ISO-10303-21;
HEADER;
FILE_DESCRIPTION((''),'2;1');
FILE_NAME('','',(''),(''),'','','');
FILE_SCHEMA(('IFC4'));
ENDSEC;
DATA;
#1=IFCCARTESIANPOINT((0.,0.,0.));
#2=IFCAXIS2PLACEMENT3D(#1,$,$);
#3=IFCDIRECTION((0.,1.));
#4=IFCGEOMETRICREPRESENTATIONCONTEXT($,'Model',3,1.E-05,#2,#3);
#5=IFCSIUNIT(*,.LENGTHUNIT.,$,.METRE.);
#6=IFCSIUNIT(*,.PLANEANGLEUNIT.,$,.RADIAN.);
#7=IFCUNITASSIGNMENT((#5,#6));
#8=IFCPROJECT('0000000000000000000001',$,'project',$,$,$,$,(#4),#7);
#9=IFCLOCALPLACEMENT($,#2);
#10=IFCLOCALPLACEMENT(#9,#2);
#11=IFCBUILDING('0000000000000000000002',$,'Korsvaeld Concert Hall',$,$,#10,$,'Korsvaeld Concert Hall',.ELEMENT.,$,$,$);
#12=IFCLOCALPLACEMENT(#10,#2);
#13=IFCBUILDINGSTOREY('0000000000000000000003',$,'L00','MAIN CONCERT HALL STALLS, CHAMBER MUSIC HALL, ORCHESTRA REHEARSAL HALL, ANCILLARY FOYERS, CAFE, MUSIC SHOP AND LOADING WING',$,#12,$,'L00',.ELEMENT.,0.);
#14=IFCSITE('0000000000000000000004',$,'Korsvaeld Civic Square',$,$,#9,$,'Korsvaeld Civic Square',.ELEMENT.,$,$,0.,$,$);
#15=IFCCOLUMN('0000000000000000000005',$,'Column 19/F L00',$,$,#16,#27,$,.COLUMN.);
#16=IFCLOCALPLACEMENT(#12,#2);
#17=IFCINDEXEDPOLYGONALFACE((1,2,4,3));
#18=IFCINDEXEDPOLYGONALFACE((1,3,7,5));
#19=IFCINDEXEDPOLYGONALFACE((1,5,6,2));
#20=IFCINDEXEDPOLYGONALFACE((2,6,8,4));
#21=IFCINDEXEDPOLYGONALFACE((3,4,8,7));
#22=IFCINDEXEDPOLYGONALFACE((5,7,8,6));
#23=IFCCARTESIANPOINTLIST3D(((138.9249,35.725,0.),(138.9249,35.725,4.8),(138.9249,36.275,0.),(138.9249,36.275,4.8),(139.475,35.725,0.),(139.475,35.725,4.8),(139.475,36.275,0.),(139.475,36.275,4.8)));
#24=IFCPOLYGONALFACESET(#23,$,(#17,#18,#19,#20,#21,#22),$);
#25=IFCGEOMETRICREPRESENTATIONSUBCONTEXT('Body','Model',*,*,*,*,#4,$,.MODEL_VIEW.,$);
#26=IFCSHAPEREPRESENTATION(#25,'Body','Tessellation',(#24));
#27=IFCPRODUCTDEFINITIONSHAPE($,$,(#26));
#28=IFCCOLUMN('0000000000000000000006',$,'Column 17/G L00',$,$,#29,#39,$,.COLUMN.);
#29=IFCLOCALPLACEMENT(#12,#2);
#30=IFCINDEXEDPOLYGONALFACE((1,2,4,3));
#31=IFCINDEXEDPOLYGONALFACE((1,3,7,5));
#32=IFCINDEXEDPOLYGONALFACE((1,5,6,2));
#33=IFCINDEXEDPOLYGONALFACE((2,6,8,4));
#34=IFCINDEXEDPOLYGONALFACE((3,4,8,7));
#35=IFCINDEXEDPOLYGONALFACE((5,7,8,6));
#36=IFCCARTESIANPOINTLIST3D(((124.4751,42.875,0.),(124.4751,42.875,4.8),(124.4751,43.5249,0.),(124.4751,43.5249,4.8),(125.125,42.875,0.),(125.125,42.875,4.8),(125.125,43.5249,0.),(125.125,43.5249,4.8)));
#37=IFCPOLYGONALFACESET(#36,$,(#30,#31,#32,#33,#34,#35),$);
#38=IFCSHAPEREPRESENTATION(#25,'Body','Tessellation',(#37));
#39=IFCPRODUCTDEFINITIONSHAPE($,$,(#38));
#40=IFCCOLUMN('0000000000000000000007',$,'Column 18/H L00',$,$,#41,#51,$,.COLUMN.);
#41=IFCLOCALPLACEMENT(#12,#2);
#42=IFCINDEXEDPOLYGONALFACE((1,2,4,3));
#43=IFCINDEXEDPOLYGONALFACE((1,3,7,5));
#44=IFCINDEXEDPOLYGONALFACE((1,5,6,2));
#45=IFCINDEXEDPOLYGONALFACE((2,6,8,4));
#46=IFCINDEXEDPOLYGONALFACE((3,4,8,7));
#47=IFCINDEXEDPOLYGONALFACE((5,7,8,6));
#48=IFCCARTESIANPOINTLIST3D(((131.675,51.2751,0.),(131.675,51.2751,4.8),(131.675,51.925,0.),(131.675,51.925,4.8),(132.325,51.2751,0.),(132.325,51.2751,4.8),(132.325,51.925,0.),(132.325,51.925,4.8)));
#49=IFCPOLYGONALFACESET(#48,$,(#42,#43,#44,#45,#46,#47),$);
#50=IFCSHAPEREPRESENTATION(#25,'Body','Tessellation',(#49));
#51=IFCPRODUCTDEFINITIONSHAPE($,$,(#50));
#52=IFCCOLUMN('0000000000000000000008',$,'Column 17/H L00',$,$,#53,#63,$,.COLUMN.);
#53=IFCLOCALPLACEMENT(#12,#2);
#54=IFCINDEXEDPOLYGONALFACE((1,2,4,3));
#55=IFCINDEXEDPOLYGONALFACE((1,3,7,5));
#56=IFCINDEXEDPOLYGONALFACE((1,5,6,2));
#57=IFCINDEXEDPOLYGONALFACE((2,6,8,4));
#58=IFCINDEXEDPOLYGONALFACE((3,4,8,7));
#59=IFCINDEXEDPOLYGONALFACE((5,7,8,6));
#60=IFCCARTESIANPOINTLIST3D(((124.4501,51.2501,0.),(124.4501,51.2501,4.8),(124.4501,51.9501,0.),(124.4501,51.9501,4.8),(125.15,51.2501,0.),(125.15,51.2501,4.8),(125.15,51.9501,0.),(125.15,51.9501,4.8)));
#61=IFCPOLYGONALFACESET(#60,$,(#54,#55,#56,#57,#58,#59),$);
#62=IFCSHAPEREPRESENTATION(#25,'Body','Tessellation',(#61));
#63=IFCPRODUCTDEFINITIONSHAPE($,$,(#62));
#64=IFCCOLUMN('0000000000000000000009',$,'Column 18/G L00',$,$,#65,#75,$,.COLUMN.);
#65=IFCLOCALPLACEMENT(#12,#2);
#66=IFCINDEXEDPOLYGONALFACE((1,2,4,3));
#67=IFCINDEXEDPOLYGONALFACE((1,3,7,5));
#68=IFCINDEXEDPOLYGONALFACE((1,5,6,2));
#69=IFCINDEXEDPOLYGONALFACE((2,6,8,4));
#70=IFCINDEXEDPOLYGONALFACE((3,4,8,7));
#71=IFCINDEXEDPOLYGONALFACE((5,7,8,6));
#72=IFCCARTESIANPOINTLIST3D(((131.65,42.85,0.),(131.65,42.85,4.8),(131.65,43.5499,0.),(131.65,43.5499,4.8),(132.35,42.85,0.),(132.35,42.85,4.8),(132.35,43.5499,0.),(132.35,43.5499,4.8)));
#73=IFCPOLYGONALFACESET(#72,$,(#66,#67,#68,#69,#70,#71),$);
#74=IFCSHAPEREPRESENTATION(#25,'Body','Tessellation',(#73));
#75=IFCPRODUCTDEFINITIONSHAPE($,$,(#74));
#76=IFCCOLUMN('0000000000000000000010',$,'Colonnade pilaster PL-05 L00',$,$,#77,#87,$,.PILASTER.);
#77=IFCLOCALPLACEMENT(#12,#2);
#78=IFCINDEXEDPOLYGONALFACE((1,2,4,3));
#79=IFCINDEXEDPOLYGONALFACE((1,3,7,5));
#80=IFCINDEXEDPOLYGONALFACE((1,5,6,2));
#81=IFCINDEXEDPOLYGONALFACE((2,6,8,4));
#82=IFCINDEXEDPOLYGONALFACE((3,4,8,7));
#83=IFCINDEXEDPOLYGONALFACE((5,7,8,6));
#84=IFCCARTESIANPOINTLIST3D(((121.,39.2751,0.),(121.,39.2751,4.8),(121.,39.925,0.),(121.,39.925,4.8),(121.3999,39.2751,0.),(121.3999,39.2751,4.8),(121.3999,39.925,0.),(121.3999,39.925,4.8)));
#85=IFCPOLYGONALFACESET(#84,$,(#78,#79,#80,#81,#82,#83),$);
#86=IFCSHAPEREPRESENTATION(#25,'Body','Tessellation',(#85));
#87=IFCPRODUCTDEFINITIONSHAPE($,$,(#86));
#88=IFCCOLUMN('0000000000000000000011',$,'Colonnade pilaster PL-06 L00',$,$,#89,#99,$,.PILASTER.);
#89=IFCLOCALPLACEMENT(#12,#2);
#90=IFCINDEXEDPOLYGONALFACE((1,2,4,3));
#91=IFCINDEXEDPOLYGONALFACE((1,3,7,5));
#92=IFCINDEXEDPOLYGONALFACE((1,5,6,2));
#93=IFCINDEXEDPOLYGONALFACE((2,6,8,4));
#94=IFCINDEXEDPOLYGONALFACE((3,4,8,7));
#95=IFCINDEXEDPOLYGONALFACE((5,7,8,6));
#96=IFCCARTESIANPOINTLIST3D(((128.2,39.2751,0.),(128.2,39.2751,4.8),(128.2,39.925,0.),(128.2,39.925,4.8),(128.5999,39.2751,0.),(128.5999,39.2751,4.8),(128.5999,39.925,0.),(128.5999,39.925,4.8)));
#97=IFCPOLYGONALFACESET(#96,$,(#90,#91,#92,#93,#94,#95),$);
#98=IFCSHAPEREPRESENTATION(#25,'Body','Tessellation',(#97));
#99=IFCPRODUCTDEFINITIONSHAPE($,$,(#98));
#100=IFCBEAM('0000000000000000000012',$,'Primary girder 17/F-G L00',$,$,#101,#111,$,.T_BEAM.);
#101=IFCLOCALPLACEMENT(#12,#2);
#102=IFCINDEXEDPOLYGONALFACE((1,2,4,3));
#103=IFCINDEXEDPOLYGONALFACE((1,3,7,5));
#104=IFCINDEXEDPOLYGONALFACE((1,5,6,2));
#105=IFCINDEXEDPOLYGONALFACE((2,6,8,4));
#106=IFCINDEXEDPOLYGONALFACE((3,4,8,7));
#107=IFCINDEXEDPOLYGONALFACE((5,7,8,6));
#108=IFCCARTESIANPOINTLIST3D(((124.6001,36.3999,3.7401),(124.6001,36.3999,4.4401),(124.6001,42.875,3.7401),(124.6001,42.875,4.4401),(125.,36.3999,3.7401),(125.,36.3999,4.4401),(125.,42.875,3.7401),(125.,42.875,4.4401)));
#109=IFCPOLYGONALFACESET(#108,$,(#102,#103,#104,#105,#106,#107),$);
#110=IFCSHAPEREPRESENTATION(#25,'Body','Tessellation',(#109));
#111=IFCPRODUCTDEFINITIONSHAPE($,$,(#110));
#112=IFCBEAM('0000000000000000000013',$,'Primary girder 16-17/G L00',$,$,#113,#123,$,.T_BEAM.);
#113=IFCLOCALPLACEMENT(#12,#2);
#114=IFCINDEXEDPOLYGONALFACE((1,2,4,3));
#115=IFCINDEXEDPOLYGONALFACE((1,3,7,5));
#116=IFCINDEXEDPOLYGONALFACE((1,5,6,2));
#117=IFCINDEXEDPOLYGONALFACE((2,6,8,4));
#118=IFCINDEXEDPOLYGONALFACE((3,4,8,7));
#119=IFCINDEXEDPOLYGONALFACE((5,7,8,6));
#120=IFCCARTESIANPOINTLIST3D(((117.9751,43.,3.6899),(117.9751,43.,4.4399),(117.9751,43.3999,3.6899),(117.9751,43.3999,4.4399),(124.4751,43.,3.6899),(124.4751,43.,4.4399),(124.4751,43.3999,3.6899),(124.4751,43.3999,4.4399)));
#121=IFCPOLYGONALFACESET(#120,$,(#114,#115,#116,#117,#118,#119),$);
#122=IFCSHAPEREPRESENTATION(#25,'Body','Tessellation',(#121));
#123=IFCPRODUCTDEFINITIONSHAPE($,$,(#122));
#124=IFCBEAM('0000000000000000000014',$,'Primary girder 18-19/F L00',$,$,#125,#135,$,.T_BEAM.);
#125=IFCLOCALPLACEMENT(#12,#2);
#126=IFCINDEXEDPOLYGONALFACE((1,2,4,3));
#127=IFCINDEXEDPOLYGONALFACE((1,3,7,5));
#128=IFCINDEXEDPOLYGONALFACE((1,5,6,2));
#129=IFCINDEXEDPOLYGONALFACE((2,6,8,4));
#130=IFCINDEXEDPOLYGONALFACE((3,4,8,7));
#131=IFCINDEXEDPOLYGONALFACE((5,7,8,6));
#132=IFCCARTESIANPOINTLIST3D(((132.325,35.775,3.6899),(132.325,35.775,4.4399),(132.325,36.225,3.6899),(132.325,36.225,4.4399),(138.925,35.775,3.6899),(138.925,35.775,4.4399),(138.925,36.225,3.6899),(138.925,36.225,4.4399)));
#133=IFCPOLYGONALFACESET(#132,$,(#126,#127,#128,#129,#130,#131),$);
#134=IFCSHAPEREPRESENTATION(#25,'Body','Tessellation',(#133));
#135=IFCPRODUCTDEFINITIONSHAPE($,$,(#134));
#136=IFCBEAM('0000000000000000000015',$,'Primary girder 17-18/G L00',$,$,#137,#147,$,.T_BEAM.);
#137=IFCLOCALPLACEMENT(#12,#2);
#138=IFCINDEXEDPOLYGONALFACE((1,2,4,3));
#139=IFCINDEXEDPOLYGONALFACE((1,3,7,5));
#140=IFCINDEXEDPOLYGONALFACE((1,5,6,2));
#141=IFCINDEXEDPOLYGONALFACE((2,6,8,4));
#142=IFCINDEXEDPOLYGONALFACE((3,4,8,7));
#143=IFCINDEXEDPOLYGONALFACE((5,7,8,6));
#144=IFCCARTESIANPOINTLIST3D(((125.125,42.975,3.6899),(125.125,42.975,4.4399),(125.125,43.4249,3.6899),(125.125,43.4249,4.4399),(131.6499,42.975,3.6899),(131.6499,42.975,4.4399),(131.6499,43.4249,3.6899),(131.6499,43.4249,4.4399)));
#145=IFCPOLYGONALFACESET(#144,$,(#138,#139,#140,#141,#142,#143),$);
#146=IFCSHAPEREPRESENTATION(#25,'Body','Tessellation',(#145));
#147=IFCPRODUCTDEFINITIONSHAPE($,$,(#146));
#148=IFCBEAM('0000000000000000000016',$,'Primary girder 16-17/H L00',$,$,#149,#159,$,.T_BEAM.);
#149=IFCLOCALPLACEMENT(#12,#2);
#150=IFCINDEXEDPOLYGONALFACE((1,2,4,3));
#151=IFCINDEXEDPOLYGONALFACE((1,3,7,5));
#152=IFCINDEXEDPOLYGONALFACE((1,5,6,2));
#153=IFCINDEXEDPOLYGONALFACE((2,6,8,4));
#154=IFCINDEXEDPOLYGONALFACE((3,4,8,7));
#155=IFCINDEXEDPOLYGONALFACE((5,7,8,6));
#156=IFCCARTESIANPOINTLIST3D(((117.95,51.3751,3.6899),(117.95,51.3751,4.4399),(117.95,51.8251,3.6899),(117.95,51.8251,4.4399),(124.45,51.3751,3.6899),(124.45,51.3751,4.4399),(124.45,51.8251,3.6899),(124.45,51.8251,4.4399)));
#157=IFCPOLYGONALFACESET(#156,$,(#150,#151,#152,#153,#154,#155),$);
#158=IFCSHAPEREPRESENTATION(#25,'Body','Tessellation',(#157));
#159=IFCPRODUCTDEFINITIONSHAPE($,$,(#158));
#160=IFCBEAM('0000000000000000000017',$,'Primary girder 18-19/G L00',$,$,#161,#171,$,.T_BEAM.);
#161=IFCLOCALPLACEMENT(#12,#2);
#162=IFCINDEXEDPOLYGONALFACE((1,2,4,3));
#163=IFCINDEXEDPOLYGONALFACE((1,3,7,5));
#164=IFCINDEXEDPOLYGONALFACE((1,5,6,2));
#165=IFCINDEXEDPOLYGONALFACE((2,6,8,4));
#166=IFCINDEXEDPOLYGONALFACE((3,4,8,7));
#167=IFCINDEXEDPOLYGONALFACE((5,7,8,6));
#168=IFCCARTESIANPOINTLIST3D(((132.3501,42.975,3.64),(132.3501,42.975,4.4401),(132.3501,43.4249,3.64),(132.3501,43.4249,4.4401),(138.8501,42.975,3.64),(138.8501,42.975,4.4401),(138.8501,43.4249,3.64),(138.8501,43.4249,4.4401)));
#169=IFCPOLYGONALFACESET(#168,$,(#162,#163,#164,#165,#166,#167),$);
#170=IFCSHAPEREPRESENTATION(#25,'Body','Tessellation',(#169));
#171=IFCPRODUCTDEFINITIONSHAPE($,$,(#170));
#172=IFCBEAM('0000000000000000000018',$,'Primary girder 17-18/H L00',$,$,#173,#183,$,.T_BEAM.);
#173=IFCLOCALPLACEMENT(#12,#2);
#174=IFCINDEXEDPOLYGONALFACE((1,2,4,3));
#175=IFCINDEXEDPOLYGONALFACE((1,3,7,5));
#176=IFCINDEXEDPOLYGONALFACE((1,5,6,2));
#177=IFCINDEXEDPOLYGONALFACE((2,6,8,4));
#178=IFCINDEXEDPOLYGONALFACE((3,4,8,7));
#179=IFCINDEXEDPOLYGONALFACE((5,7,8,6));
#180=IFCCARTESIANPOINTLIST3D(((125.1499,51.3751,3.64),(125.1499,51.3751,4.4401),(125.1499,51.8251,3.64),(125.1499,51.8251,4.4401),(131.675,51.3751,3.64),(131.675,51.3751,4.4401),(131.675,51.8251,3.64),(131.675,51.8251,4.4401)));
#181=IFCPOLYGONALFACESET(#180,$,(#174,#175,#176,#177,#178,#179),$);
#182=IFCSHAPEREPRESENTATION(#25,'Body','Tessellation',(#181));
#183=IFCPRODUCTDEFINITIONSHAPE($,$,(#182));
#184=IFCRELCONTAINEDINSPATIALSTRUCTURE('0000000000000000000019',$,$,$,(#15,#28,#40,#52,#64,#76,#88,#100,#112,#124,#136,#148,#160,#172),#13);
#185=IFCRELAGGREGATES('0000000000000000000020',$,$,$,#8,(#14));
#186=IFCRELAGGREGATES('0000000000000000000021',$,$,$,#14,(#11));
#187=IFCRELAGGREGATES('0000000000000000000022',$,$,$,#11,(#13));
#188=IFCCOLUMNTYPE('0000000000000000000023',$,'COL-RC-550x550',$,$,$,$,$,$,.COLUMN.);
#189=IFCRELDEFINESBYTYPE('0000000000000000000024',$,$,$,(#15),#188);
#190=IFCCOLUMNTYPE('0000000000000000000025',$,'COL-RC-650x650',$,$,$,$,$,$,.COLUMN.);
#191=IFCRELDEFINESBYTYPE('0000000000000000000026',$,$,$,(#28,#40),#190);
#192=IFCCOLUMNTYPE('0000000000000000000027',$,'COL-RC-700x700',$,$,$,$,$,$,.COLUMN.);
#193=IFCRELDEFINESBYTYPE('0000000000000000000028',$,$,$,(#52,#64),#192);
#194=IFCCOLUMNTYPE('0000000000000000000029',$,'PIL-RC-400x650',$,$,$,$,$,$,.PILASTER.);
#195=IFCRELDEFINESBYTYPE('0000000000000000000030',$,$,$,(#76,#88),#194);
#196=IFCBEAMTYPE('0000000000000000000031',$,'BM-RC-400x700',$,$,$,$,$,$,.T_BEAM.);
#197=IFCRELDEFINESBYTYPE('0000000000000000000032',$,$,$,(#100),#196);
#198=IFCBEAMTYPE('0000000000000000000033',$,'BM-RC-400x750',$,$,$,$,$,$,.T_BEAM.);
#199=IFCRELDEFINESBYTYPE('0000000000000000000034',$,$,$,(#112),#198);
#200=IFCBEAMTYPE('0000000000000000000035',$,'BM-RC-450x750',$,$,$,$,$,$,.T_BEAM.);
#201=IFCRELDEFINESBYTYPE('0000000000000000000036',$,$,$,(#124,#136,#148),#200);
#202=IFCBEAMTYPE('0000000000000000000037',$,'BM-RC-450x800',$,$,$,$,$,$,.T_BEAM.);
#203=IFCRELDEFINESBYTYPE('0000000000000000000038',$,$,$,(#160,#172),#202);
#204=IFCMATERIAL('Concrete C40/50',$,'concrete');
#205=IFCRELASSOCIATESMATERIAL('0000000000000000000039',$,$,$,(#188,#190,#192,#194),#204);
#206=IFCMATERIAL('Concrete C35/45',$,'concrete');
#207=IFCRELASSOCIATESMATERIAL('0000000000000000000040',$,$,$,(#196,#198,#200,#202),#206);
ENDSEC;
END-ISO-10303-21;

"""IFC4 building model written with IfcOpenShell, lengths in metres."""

from ifc_helpers import new_model, si_unit, direction, frame, origin, origin_2d, place, context, subcontext, project, spatial, rectangle, extrude, material, material_profile, profile_set, type_object, element, save


model = new_model("IFC4")

# Units and contexts
model_context = context("Model", 3, precision=1e-05, world=origin(), true_north=direction((0.0, 1.0)))
body_context = subcontext(model_context, "Body", "Model", "MODEL_VIEW")
ifc_project = project(units=[si_unit("LENGTHUNIT", "METRE"), si_unit("PLANEANGLEUNIT", "RADIAN")], contexts=[model_context])

# Site, building, storey
site_placement = place(None, origin())
site = spatial("IfcSite", under=ifc_project, at=site_placement, Name="Korsvaeld Civic Square", LongName="Korsvaeld Civic Square", CompositionType="ELEMENT", RefElevation=0.0)
building_placement = place(site_placement, origin())
building = spatial("IfcBuilding", under=site, at=building_placement, Name="Korsvaeld Concert Hall", LongName="Korsvaeld Concert Hall", CompositionType="ELEMENT")
storey_placement = place(building_placement, origin())
storey = spatial("IfcBuildingStorey", under=building, at=storey_placement, Name="L00", Description="MAIN CONCERT HALL STALLS, CHAMBER MUSIC HALL, ORCHESTRA REHEARSAL HALL, ANCILLARY FOYERS, CAFE, MUSIC SHOP AND LOADING WING", LongName="L00", CompositionType="ELEMENT", Elevation=0.0)

# Columns
ifc_material_1 = material(Name="Concrete C40/50", Category="concrete")
ifc_material_profile_1 = material_profile(ifc_material_1, rectangle(XDim=0.55, YDim=0.55, at=origin_2d()), Name="RC 550x550")
ifc_profile_set_1 = profile_set([ifc_material_profile_1], Name="Concrete C40/50")
column_type_1 = type_object("IfcColumnType", Name="COL-RC-550x550", PredefinedType="COLUMN", material=ifc_profile_set_1)
column_placement = place(storey_placement, frame((139.2, 36.0, 0.0), z_axis=(0.0, 0.0, 1.0), x_axis=(1.0, 0.0, 0.0)))
element("IfcColumn", 1, at=column_placement, inside=storey, type_object=column_type_1, Name="Column 19/F L00", PredefinedType="COLUMN", context=body_context, shape_type="SweptSolid", body=[
    extrude(rectangle(XDim=0.55, YDim=0.55, at=origin_2d()), origin(), (0.0, 0.0, 1.0), 4.8),
])
ifc_material_profile_2 = material_profile(ifc_material_1, rectangle(XDim=0.6499, YDim=0.6499, at=origin_2d()), Name="RC 650x650")
ifc_profile_set_2 = profile_set([ifc_material_profile_2], Name="Concrete C40/50")
column_type_2 = type_object("IfcColumnType", Name="COL-RC-650x650", PredefinedType="COLUMN", material=ifc_profile_set_2)
for number, where, z_axis, x_axis, name in (
    (2, (124.8, 43.2, 0.0), (0.0, 0.0, 1.0), (1.0, 0.0, 0.0), "Column 17/G L00"),
    (3, (132.0, 51.6001, 0.0), (0.0, 0.0, 1.0), (1.0, 0.0, 0.0), "Column 18/H L00"),
):
    element("IfcColumn", number, at=place(storey_placement, frame(where, z_axis=z_axis, x_axis=x_axis)), inside=storey, type_object=column_type_2, Name=name, PredefinedType="COLUMN", context=body_context, shape_type="SweptSolid", body=[
        extrude(rectangle(XDim=0.6499, YDim=0.6499, at=origin_2d()), origin(), (0.0, 0.0, 1.0), 4.8),
    ])
ifc_material_profile_3 = material_profile(ifc_material_1, rectangle(XDim=0.7, YDim=0.7, at=origin_2d()), Name="RC 700x700")
ifc_profile_set_3 = profile_set([ifc_material_profile_3], Name="Concrete C40/50")
column_type_3 = type_object("IfcColumnType", Name="COL-RC-700x700", PredefinedType="COLUMN", material=ifc_profile_set_3)
for number, where, z_axis, x_axis, name in (
    (4, (124.8, 51.6001, 0.0), (0.0, 0.0, 1.0), (1.0, 0.0, 0.0), "Column 17/H L00"),
    (5, (132.0, 43.2, 0.0), (0.0, 0.0, 1.0), (1.0, 0.0, 0.0), "Column 18/G L00"),
):
    element("IfcColumn", number, at=place(storey_placement, frame(where, z_axis=z_axis, x_axis=x_axis)), inside=storey, type_object=column_type_3, Name=name, PredefinedType="COLUMN", context=body_context, shape_type="SweptSolid", body=[
        extrude(rectangle(XDim=0.7, YDim=0.7, at=origin_2d()), origin(), (0.0, 0.0, 1.0), 4.8),
    ])
ifc_material_profile_4 = material_profile(ifc_material_1, rectangle(XDim=0.3999, YDim=0.6499, at=origin_2d()), Name="RC 400x650")
ifc_profile_set_4 = profile_set([ifc_material_profile_4], Name="Concrete C40/50")
column_type_4 = type_object("IfcColumnType", Name="PIL-RC-400x650", PredefinedType="PILASTER", material=ifc_profile_set_4)
for number, where, z_axis, x_axis, name in (
    (6, (121.2, 39.6001, 0.0), (0.0, 0.0, 1.0), (1.0, 0.0, 0.0), "Colonnade pilaster PL-05 L00"),
    (7, (128.3999, 39.6001, 0.0), (0.0, 0.0, 1.0), (1.0, 0.0, 0.0), "Colonnade pilaster PL-06 L00"),
):
    element("IfcColumn", number, at=place(storey_placement, frame(where, z_axis=z_axis, x_axis=x_axis)), inside=storey, type_object=column_type_4, Name=name, PredefinedType="PILASTER", context=body_context, shape_type="SweptSolid", body=[
        extrude(rectangle(XDim=0.3999, YDim=0.6499, at=origin_2d()), origin(), (0.0, 0.0, 1.0), 4.8),
    ])

# Beams
ifc_material_2 = material(Name="Concrete C35/45", Category="concrete")
ifc_material_profile_5 = material_profile(ifc_material_2, rectangle(XDim=0.3999, YDim=0.7, at=origin_2d()), Name="RC 400x700")
ifc_profile_set_5 = profile_set([ifc_material_profile_5], Name="Concrete C35/45")
beam_type_1 = type_object("IfcBeamType", Name="BM-RC-400x700", PredefinedType="T_BEAM", material=ifc_profile_set_5)
beam_1_placement = place(storey_placement, frame((124.8, 36.3999, 4.0901), z_axis=(0.0, 1.0, 0.0), x_axis=(-1.0, 0.0, 0.0)))
element("IfcBeam", 8, at=beam_1_placement, inside=storey, type_object=beam_type_1, Name="Primary girder 17/F-G L00", PredefinedType="T_BEAM", context=body_context, shape_type="SweptSolid", body=[
    extrude(rectangle(XDim=0.3999, YDim=0.7, at=origin_2d()), origin(), (0.0, 0.0, 1.0), 6.4751),
])
ifc_material_profile_6 = material_profile(ifc_material_2, rectangle(XDim=0.3999, YDim=0.75, at=origin_2d()), Name="RC 400x750")
ifc_profile_set_6 = profile_set([ifc_material_profile_6], Name="Concrete C35/45")
beam_type_2 = type_object("IfcBeamType", Name="BM-RC-400x750", PredefinedType="T_BEAM", material=ifc_profile_set_6)
beam_2_placement = place(storey_placement, frame((117.9751, 43.2, 4.0649), z_axis=(1.0, 0.0, 0.0), x_axis=(0.0, 1.0, 0.0)))
element("IfcBeam", 9, at=beam_2_placement, inside=storey, type_object=beam_type_2, Name="Primary girder 16-17/G L00", PredefinedType="T_BEAM", context=body_context, shape_type="SweptSolid", body=[
    extrude(rectangle(XDim=0.3999, YDim=0.75, at=origin_2d()), origin(), (0.0, 0.0, 1.0), 6.5),
])
ifc_material_profile_7 = material_profile(ifc_material_2, rectangle(XDim=0.45, YDim=0.75, at=origin_2d()), Name="RC 450x750")
ifc_profile_set_7 = profile_set([ifc_material_profile_7], Name="Concrete C35/45")
beam_type_3 = type_object("IfcBeamType", Name="BM-RC-450x750", PredefinedType="T_BEAM", material=ifc_profile_set_7)
beam_3_placement = place(storey_placement, frame((132.325, 36.0, 4.0649), z_axis=(1.0, 0.0, 0.0), x_axis=(0.0, 1.0, 0.0)))
element("IfcBeam", 10, at=beam_3_placement, inside=storey, type_object=beam_type_3, Name="Primary girder 18-19/F L00", PredefinedType="T_BEAM", context=body_context, shape_type="SweptSolid", body=[
    extrude(rectangle(XDim=0.45, YDim=0.75, at=origin_2d()), origin(), (0.0, 0.0, 1.0), 6.6001),
])
beam_4_placement = place(storey_placement, frame((125.125, 43.2, 4.0649), z_axis=(1.0, 0.0, 0.0), x_axis=(0.0, 1.0, 0.0)))
element("IfcBeam", 11, at=beam_4_placement, inside=storey, type_object=beam_type_3, Name="Primary girder 17-18/G L00", PredefinedType="T_BEAM", context=body_context, shape_type="SweptSolid", body=[
    extrude(rectangle(XDim=0.45, YDim=0.75, at=origin_2d()), origin(), (0.0, 0.0, 1.0), 6.5249),
])
beam_5_placement = place(storey_placement, frame((117.95, 51.6001, 4.0649), z_axis=(1.0, 0.0, 0.0), x_axis=(0.0, 1.0, 0.0)))
element("IfcBeam", 12, at=beam_5_placement, inside=storey, type_object=beam_type_3, Name="Primary girder 16-17/H L00", PredefinedType="T_BEAM", context=body_context, shape_type="SweptSolid", body=[
    extrude(rectangle(XDim=0.45, YDim=0.75, at=origin_2d()), origin(), (0.0, 0.0, 1.0), 6.5),
])
ifc_material_profile_8 = material_profile(ifc_material_2, rectangle(XDim=0.45, YDim=0.8, at=origin_2d()), Name="RC 450x800")
ifc_profile_set_8 = profile_set([ifc_material_profile_8], Name="Concrete C35/45")
beam_type_4 = type_object("IfcBeamType", Name="BM-RC-450x800", PredefinedType="T_BEAM", material=ifc_profile_set_8)
beam_6_placement = place(storey_placement, frame((132.3501, 43.2, 4.04), z_axis=(1.0, 0.0, 0.0), x_axis=(0.0, 1.0, 0.0)))
element("IfcBeam", 13, at=beam_6_placement, inside=storey, type_object=beam_type_4, Name="Primary girder 18-19/G L00", PredefinedType="T_BEAM", context=body_context, shape_type="SweptSolid", body=[
    extrude(rectangle(XDim=0.45, YDim=0.8, at=origin_2d()), origin(), (0.0, 0.0, 1.0), 6.5),
])
beam_7_placement = place(storey_placement, frame((125.1499, 51.6001, 4.04), z_axis=(1.0, 0.0, 0.0), x_axis=(0.0, 1.0, 0.0)))
element("IfcBeam", 14, at=beam_7_placement, inside=storey, type_object=beam_type_4, Name="Primary girder 17-18/H L00", PredefinedType="T_BEAM", context=body_context, shape_type="SweptSolid", body=[
    extrude(rectangle(XDim=0.45, YDim=0.8, at=origin_2d()), origin(), (0.0, 0.0, 1.0), 6.5251),
])

save(model, "model.ifc")
